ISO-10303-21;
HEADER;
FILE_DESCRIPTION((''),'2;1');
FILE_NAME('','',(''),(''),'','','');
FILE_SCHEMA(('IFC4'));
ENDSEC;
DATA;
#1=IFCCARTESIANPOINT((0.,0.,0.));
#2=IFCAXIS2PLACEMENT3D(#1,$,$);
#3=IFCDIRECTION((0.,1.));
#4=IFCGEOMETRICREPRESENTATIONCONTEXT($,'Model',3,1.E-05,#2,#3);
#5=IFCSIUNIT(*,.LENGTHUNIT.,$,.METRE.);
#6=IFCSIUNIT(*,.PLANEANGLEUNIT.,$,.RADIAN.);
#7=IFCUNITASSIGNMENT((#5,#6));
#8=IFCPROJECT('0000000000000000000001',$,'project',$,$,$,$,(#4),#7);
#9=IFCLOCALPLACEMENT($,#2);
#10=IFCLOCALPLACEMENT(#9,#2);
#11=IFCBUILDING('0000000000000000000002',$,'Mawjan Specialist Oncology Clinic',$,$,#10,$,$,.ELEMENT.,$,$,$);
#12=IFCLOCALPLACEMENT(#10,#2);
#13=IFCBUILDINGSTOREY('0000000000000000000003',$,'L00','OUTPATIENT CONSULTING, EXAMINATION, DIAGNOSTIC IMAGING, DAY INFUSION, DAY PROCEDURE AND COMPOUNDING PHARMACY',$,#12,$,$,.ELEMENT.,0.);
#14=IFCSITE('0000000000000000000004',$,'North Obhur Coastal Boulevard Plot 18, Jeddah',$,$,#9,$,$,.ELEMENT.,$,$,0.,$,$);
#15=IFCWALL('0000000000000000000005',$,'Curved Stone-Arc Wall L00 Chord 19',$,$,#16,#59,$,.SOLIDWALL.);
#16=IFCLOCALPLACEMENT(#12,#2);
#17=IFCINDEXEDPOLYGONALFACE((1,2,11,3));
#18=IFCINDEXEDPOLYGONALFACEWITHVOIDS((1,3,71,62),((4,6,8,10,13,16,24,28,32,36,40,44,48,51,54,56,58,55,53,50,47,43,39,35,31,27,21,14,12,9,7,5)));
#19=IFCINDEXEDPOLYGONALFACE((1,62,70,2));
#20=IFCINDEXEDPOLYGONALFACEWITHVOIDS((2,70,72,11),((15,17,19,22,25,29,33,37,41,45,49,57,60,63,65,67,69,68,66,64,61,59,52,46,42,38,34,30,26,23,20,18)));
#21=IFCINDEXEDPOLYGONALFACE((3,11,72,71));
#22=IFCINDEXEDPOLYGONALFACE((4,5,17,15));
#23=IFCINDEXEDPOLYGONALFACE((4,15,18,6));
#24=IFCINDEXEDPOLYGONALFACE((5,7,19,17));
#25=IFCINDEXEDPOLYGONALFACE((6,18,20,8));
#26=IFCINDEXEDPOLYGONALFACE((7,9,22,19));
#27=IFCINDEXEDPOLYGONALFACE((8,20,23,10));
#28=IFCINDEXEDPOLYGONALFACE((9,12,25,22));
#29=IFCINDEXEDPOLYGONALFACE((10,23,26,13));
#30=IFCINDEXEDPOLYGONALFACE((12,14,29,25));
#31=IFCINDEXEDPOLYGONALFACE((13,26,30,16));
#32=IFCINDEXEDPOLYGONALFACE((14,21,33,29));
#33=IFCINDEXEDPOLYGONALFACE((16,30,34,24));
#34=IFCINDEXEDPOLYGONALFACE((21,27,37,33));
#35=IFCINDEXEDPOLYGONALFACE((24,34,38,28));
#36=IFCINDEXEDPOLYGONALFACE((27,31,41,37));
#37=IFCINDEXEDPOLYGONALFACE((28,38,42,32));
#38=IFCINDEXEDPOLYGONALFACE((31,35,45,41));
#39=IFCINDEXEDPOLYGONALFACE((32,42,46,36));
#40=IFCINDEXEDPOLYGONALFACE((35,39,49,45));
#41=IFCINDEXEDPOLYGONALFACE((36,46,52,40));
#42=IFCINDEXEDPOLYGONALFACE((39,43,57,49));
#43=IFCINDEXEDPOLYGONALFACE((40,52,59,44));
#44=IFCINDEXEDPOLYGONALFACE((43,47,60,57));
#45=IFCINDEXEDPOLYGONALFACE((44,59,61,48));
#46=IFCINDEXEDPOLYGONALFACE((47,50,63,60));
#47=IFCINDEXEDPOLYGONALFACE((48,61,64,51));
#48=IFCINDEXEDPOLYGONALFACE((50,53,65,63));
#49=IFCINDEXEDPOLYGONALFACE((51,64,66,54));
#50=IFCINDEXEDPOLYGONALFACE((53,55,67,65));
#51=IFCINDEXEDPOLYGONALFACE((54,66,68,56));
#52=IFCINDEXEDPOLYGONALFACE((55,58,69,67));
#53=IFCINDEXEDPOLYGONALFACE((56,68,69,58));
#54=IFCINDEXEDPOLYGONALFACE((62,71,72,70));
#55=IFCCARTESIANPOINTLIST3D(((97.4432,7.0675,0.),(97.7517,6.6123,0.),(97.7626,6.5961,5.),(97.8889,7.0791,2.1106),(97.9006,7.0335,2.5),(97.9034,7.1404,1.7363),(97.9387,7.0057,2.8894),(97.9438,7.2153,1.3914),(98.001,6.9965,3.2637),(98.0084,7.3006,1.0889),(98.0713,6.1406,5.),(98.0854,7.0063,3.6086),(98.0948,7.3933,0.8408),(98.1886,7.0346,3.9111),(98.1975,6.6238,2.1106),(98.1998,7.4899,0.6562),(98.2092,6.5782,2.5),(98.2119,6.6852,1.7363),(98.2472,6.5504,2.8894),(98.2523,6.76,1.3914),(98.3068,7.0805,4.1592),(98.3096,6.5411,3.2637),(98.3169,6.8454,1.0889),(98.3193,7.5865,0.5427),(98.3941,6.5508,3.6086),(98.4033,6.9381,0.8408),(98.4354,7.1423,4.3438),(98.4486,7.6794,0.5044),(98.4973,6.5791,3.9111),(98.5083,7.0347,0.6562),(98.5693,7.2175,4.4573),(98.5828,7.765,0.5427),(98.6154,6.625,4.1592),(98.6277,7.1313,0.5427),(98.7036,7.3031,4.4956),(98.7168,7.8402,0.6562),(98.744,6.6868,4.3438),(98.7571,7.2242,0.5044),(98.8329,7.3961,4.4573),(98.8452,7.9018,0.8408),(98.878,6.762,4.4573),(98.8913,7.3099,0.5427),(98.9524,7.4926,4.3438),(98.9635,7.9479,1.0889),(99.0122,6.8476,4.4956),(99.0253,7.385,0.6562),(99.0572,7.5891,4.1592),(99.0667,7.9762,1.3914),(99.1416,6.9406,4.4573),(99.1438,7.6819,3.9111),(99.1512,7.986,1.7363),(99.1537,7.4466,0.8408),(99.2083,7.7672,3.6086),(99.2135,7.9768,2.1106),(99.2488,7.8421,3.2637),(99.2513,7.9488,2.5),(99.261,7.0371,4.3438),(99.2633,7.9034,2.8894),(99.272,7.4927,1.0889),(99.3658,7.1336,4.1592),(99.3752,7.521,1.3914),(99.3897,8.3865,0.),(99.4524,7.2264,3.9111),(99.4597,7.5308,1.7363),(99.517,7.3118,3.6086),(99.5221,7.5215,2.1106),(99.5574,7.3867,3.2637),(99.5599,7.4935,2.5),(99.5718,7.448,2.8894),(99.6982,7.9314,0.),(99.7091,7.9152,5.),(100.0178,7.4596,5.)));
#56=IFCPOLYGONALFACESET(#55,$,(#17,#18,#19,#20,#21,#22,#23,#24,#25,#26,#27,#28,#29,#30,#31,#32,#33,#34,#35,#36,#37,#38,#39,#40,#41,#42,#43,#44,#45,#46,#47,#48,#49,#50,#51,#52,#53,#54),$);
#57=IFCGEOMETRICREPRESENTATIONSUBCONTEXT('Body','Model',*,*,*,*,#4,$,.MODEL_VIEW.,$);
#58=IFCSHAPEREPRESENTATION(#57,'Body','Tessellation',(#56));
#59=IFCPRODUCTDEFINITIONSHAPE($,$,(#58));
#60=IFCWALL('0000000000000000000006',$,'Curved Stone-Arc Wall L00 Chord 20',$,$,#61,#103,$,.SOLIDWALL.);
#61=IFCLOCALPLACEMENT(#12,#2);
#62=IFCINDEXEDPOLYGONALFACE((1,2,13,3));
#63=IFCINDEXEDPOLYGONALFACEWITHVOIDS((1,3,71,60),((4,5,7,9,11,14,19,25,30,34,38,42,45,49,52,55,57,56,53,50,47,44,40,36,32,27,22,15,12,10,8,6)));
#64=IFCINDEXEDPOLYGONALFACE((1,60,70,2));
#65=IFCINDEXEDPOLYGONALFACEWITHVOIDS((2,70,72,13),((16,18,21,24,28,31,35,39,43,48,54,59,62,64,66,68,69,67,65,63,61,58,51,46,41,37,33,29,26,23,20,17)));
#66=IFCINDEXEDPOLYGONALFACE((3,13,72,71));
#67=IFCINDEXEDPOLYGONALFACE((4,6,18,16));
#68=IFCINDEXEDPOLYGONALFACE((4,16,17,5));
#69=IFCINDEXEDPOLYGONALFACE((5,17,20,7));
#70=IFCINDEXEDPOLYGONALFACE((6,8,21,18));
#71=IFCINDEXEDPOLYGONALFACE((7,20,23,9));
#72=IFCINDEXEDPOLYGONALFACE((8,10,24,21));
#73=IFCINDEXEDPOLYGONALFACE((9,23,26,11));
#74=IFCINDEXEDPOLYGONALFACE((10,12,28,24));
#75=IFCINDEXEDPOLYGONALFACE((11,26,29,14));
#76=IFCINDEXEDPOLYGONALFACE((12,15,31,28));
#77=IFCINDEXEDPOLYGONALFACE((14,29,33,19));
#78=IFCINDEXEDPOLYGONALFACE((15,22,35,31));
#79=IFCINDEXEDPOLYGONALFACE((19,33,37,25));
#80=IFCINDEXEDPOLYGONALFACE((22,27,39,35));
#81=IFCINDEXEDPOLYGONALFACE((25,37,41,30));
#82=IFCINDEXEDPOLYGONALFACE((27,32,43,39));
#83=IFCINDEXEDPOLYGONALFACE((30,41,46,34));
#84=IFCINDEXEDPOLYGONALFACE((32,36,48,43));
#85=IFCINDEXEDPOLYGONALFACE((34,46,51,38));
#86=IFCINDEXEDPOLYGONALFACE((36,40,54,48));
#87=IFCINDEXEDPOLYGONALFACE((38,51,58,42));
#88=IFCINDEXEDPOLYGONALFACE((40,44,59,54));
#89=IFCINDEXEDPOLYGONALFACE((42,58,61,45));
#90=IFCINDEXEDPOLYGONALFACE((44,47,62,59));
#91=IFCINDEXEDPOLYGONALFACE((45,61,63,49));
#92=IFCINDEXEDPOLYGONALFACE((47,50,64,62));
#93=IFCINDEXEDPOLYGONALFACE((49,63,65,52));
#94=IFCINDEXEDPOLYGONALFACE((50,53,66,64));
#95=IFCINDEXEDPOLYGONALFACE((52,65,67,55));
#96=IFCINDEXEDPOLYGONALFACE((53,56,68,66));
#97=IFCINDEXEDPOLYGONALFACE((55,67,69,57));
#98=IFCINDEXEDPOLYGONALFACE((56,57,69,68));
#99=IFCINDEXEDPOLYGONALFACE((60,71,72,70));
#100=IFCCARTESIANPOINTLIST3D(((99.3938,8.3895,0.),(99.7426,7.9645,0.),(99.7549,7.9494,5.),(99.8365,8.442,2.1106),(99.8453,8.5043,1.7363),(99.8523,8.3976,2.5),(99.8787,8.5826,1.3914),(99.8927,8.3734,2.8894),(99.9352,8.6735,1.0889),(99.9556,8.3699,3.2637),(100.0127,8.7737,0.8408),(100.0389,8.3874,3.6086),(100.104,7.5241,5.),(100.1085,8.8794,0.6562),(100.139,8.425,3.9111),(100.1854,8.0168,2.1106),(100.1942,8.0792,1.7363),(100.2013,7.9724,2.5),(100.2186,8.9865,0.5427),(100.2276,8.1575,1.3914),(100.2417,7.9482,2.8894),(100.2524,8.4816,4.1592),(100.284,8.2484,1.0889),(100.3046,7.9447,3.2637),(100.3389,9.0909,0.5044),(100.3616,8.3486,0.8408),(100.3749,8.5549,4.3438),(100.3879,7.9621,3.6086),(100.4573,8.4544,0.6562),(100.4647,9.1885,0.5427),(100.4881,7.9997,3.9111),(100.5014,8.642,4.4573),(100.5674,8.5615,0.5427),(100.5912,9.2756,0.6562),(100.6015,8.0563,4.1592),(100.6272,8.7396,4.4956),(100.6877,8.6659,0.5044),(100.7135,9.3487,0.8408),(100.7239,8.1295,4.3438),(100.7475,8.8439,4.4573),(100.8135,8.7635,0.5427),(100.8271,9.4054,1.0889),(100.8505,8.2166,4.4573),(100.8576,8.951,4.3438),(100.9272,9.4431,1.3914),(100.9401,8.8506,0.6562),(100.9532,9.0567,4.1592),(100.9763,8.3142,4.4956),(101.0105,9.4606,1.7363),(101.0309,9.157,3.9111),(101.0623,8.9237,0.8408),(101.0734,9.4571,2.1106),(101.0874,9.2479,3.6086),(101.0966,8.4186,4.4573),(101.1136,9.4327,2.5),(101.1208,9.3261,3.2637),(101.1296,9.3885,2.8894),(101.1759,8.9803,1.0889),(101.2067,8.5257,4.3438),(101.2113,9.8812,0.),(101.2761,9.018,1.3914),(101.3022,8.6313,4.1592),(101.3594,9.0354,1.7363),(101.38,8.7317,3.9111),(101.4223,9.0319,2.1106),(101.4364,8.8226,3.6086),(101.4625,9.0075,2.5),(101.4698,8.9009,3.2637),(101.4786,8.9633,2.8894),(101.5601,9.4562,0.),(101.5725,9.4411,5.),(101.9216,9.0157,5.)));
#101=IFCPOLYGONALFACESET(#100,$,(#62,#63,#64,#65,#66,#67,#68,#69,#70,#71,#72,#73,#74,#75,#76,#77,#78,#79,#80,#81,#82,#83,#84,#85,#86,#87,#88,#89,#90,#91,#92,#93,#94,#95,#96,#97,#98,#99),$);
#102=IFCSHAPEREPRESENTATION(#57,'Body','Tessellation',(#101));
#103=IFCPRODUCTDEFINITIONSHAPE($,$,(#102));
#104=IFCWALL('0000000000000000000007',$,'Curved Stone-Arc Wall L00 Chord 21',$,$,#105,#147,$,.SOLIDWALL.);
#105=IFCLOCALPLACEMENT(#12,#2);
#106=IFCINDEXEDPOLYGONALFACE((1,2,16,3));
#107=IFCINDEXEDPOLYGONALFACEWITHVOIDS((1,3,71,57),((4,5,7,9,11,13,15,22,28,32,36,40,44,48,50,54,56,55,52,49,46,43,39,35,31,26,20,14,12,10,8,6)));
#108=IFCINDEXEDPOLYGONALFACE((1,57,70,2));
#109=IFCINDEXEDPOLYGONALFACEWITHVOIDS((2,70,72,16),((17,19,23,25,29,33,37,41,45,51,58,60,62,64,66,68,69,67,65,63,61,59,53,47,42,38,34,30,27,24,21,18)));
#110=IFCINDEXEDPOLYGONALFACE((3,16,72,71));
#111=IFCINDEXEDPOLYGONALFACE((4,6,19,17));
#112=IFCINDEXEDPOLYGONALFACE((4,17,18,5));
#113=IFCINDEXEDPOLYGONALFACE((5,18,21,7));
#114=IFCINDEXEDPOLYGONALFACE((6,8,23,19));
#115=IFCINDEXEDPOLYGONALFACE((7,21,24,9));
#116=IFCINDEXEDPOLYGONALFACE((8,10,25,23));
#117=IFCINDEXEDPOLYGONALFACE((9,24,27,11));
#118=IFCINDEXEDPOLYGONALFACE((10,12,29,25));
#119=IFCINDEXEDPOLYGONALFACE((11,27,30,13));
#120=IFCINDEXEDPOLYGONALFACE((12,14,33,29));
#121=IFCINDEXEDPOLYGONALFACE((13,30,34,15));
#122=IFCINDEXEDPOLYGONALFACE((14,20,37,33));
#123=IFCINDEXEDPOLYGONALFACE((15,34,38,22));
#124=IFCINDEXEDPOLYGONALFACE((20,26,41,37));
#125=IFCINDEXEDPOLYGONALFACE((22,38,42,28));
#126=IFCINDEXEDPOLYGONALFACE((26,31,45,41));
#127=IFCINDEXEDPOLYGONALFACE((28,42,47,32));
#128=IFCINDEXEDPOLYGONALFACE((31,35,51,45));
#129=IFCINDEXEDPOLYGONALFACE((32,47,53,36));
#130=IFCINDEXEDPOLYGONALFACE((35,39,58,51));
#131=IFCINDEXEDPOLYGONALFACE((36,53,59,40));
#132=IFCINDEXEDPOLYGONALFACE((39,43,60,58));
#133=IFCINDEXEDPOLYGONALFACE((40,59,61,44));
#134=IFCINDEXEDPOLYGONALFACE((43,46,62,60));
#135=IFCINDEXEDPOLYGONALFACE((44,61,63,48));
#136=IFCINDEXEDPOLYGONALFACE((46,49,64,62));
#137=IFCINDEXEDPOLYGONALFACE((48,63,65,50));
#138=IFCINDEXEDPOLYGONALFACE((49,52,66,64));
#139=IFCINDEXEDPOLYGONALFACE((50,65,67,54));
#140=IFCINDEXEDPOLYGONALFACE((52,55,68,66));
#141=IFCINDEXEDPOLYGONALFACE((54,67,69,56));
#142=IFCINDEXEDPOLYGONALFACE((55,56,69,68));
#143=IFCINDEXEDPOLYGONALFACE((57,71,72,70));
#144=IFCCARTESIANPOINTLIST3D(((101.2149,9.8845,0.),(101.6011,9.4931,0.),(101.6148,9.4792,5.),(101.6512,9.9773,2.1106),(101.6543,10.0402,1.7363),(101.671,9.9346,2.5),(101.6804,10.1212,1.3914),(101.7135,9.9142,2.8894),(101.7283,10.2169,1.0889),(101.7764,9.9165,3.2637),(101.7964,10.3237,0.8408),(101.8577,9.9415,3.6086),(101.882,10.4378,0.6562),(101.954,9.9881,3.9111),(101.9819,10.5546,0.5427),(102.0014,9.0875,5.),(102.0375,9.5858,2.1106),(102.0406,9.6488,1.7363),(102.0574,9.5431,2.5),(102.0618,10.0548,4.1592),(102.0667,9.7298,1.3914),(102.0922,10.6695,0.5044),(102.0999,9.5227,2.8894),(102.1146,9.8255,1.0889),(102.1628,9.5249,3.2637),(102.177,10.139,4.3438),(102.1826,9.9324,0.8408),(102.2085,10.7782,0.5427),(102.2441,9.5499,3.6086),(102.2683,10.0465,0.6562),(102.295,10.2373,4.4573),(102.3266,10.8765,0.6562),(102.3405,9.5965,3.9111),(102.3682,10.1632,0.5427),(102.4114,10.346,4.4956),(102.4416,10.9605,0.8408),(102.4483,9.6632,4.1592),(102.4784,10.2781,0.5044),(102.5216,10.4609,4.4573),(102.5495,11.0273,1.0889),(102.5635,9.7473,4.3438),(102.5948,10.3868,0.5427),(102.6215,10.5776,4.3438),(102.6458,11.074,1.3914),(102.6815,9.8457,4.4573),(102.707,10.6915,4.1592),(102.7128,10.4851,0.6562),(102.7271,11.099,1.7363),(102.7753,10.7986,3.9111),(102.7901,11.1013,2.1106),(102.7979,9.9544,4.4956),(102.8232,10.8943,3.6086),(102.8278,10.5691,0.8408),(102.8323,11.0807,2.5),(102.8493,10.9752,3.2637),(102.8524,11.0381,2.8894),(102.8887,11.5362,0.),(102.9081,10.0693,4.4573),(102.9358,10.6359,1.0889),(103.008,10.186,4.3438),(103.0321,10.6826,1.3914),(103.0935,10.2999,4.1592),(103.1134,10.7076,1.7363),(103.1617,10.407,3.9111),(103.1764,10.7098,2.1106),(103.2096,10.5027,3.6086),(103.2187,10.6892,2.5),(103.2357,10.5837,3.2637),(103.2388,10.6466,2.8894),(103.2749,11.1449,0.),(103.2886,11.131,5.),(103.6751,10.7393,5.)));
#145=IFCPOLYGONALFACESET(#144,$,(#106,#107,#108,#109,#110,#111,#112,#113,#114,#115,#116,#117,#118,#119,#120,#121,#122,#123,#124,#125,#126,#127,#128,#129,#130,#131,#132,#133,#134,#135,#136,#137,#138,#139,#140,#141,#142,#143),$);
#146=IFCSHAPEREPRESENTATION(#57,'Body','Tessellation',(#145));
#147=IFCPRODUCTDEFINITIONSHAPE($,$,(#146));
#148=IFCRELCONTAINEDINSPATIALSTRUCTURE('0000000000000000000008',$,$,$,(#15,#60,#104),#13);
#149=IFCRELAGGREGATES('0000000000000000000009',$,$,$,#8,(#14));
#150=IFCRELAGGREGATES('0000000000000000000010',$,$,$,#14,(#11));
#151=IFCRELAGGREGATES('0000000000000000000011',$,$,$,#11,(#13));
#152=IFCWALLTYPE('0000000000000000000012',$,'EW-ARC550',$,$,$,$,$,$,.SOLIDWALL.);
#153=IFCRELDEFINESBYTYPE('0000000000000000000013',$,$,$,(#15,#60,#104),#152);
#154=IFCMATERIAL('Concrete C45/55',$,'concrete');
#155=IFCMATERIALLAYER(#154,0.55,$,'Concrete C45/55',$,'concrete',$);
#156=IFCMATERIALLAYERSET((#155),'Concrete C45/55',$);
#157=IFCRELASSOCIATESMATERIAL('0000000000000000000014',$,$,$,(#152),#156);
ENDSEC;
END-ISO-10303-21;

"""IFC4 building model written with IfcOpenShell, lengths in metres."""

from ifc_helpers import new_model, si_unit, direction, frame, origin, place, context, subcontext, project, spatial, polyline, outline, extrude, material, layer, layer_set, type_object, element, save


model = new_model("IFC4")

# Units and contexts
model_context = context("Model", 3, precision=1e-05, world=origin(), true_north=direction((0.0, 1.0)))
body_context = subcontext(model_context, "Body", "Model", "MODEL_VIEW")
ifc_project = project(units=[si_unit("LENGTHUNIT", "METRE"), si_unit("PLANEANGLEUNIT", "RADIAN")], contexts=[model_context])

# Site, building, storey
site_placement = place(None, origin())
site = spatial("IfcSite", under=ifc_project, at=site_placement, Name="North Obhur Coastal Boulevard Plot 18, Jeddah", CompositionType="ELEMENT", RefElevation=0.0)
building_placement = place(site_placement, origin())
building = spatial("IfcBuilding", under=site, at=building_placement, Name="Mawjan Specialist Oncology Clinic", CompositionType="ELEMENT")
storey_placement = place(building_placement, origin())
storey = spatial("IfcBuildingStorey", under=building, at=storey_placement, Name="L00", Description="OUTPATIENT CONSULTING, EXAMINATION, DIAGNOSTIC IMAGING, DAY INFUSION, DAY PROCEDURE AND COMPOUNDING PHARMACY", CompositionType="ELEMENT", Elevation=0.0)

# Walls, openings
ifc_material_1 = material(Name="Concrete C45/55", Category="concrete")
ifc_layer = layer(ifc_material_1, 0.55, Name="Concrete C45/55", Category="concrete")
ifc_layer_set = layer_set([ifc_layer], Name="Concrete C45/55")
wall_type = type_object("IfcWallType", Name="EW-ARC550", PredefinedType="SOLIDWALL", material=ifc_layer_set)
wall_1_placement = place(storey_placement, frame((99.5439, 8.1589, 0.0), z_axis=(0.0, 0.0, 1.0), x_axis=(-0.827825, -0.560986, 0.0)))
wall_1 = element("IfcWall", 1, at=wall_1_placement, inside=storey, type_object=wall_type, Name="Curved Stone-Arc Wall L00 Chord 19", PredefinedType="SOLIDWALL", context=body_context, shape_type="SweptSolid", body=[
    extrude(outline(polyline([(-0.2749, 0.0), (0.2749, 0.0), (0.8447, 5.0), (0.2944, 5.0), (-0.2749, 0.0)])), frame((0.0, 0.0, 0.0), z_axis=(1.0, 0.0, 0.0), x_axis=(0.0, 1.0, 0.0)), (0.0, 0.0, 1.0), 2.3513),
])
opening_1_placement = place(wall_1_placement, origin())
element("IfcOpeningElement", 2, at=opening_1_placement, cuts=wall_1, PredefinedType="OPENING", context=body_context, shape_type="SweptSolid", body=[
    extrude(outline(polyline([(1.9917, 2.5), (1.9758, 2.8894), (1.9294, 3.2637), (1.854, 3.6086), (1.7527, 3.9111), (1.6292, 4.1592), (1.488, 4.3438), (1.335, 4.4573), (1.1758, 4.4956), (1.0166, 4.4573), (0.8635, 4.3438), (0.7227, 4.1592), (0.5989, 3.9111), (0.4976, 3.6086), (0.4221, 3.2637), (0.3757, 2.8894), (0.3601, 2.5), (0.3757, 2.1106), (0.4221, 1.7363), (0.4976, 1.3914), (0.5989, 1.0889), (0.7227, 0.8408), (0.8635, 0.6562), (1.0166, 0.5427), (1.1758, 0.5044), (1.335, 0.5427), (1.488, 0.6562), (1.6292, 0.8408), (1.7527, 1.0889), (1.854, 1.3914), (1.9294, 1.7363), (1.9758, 2.1106), (1.9917, 2.5)])), frame((0.0, 0.8645, 0.0), z_axis=(0.0, -1.0, 0.0), x_axis=(1.0, 0.0, 0.0)), (0.0, 0.0, 1.0), 1.1597),
])
wall_2_placement = place(storey_placement, frame((101.3857, 9.6687, 0.0), z_axis=(0.0, 0.0, 1.0), x_axis=(-0.773008, -0.634396, 0.0)))
wall_2 = element("IfcWall", 3, at=wall_2_placement, inside=storey, type_object=wall_type, Name="Curved Stone-Arc Wall L00 Chord 20", PredefinedType="SOLIDWALL", context=body_context, shape_type="SweptSolid", body=[
    extrude(outline(polyline([(-0.2749, 0.0), (0.2749, 0.0), (0.8447, 5.0), (0.2944, 5.0), (-0.2749, 0.0)])), frame((0.0, 0.0, 0.0), z_axis=(1.0, 0.0, 0.0), x_axis=(0.0, 1.0, 0.0)), (0.0, 0.0, 1.0), 2.3513),
])
opening_2_placement = place(wall_2_placement, origin())
element("IfcOpeningElement", 4, at=opening_2_placement, cuts=wall_2, PredefinedType="OPENING", context=body_context, shape_type="SweptSolid", body=[
    extrude(outline(polyline([(1.9917, 2.5), (1.9758, 2.8894), (1.9294, 3.2637), (1.854, 3.6086), (1.7527, 3.9111), (1.6292, 4.1592), (1.488, 4.3438), (1.335, 4.4573), (1.1758, 4.4956), (1.0166, 4.4573), (0.8635, 4.3438), (0.7227, 4.1592), (0.5989, 3.9111), (0.4976, 3.6086), (0.4221, 3.2637), (0.3757, 2.8894), (0.3601, 2.5), (0.3757, 2.1106), (0.4221, 1.7363), (0.4976, 1.3914), (0.5989, 1.0889), (0.7227, 0.8408), (0.8635, 0.6562), (1.0166, 0.5427), (1.1758, 0.5044), (1.335, 0.5427), (1.488, 0.6562), (1.6292, 0.8408), (1.7527, 1.0889), (1.854, 1.3914), (1.9294, 1.7363), (1.9758, 2.1106), (1.9917, 2.5)])), frame((0.0, 0.8645, 0.0), z_axis=(0.0, -1.0, 0.0), x_axis=(1.0, 0.0, 0.0)), (0.0, 0.0, 1.0), 1.1597),
])
wall_3_placement = place(storey_placement, frame((103.0818, 11.3406, 0.0), z_axis=(0.0, 0.0, 1.0), x_axis=(-0.711763, -0.70242, 0.0)))
wall_3 = element("IfcWall", 5, at=wall_3_placement, inside=storey, type_object=wall_type, Name="Curved Stone-Arc Wall L00 Chord 21", PredefinedType="SOLIDWALL", context=body_context, shape_type="SweptSolid", body=[
    extrude(outline(polyline([(-0.2749, 0.0), (0.2749, 0.0), (0.8447, 5.0), (0.2944, 5.0), (-0.2749, 0.0)])), frame((0.0, 0.0, 0.0), z_axis=(1.0, 0.0, 0.0), x_axis=(0.0, 1.0, 0.0)), (0.0, 0.0, 1.0), 2.3516),
])
opening_3_placement = place(wall_3_placement, origin())
element("IfcOpeningElement", 6, at=opening_3_placement, cuts=wall_3, PredefinedType="OPENING", context=body_context, shape_type="SweptSolid", body=[
    extrude(outline(polyline([(1.9917, 2.5), (1.9758, 2.8894), (1.9294, 3.2637), (1.854, 3.6086), (1.7527, 3.9111), (1.6292, 4.1592), (1.488, 4.3438), (1.335, 4.4573), (1.1758, 4.4956), (1.0166, 4.4573), (0.8635, 4.3438), (0.7227, 4.1592), (0.5989, 3.9111), (0.4976, 3.6086), (0.4221, 3.2637), (0.3757, 2.8894), (0.3601, 2.5), (0.3757, 2.1106), (0.4221, 1.7363), (0.4976, 1.3914), (0.5989, 1.0889), (0.7227, 0.8408), (0.8635, 0.6562), (1.0166, 0.5427), (1.1758, 0.5044), (1.335, 0.5427), (1.488, 0.6562), (1.6292, 0.8408), (1.7527, 1.0889), (1.854, 1.3914), (1.9294, 1.7363), (1.9758, 2.1106), (1.9917, 2.5)])), frame((0.0, 0.8645, 0.0), z_axis=(0.0, -1.0, 0.0), x_axis=(1.0, 0.0, 0.0)), (0.0, 0.0, 1.0), 1.1597),
])

save(model, "model.ifc")
